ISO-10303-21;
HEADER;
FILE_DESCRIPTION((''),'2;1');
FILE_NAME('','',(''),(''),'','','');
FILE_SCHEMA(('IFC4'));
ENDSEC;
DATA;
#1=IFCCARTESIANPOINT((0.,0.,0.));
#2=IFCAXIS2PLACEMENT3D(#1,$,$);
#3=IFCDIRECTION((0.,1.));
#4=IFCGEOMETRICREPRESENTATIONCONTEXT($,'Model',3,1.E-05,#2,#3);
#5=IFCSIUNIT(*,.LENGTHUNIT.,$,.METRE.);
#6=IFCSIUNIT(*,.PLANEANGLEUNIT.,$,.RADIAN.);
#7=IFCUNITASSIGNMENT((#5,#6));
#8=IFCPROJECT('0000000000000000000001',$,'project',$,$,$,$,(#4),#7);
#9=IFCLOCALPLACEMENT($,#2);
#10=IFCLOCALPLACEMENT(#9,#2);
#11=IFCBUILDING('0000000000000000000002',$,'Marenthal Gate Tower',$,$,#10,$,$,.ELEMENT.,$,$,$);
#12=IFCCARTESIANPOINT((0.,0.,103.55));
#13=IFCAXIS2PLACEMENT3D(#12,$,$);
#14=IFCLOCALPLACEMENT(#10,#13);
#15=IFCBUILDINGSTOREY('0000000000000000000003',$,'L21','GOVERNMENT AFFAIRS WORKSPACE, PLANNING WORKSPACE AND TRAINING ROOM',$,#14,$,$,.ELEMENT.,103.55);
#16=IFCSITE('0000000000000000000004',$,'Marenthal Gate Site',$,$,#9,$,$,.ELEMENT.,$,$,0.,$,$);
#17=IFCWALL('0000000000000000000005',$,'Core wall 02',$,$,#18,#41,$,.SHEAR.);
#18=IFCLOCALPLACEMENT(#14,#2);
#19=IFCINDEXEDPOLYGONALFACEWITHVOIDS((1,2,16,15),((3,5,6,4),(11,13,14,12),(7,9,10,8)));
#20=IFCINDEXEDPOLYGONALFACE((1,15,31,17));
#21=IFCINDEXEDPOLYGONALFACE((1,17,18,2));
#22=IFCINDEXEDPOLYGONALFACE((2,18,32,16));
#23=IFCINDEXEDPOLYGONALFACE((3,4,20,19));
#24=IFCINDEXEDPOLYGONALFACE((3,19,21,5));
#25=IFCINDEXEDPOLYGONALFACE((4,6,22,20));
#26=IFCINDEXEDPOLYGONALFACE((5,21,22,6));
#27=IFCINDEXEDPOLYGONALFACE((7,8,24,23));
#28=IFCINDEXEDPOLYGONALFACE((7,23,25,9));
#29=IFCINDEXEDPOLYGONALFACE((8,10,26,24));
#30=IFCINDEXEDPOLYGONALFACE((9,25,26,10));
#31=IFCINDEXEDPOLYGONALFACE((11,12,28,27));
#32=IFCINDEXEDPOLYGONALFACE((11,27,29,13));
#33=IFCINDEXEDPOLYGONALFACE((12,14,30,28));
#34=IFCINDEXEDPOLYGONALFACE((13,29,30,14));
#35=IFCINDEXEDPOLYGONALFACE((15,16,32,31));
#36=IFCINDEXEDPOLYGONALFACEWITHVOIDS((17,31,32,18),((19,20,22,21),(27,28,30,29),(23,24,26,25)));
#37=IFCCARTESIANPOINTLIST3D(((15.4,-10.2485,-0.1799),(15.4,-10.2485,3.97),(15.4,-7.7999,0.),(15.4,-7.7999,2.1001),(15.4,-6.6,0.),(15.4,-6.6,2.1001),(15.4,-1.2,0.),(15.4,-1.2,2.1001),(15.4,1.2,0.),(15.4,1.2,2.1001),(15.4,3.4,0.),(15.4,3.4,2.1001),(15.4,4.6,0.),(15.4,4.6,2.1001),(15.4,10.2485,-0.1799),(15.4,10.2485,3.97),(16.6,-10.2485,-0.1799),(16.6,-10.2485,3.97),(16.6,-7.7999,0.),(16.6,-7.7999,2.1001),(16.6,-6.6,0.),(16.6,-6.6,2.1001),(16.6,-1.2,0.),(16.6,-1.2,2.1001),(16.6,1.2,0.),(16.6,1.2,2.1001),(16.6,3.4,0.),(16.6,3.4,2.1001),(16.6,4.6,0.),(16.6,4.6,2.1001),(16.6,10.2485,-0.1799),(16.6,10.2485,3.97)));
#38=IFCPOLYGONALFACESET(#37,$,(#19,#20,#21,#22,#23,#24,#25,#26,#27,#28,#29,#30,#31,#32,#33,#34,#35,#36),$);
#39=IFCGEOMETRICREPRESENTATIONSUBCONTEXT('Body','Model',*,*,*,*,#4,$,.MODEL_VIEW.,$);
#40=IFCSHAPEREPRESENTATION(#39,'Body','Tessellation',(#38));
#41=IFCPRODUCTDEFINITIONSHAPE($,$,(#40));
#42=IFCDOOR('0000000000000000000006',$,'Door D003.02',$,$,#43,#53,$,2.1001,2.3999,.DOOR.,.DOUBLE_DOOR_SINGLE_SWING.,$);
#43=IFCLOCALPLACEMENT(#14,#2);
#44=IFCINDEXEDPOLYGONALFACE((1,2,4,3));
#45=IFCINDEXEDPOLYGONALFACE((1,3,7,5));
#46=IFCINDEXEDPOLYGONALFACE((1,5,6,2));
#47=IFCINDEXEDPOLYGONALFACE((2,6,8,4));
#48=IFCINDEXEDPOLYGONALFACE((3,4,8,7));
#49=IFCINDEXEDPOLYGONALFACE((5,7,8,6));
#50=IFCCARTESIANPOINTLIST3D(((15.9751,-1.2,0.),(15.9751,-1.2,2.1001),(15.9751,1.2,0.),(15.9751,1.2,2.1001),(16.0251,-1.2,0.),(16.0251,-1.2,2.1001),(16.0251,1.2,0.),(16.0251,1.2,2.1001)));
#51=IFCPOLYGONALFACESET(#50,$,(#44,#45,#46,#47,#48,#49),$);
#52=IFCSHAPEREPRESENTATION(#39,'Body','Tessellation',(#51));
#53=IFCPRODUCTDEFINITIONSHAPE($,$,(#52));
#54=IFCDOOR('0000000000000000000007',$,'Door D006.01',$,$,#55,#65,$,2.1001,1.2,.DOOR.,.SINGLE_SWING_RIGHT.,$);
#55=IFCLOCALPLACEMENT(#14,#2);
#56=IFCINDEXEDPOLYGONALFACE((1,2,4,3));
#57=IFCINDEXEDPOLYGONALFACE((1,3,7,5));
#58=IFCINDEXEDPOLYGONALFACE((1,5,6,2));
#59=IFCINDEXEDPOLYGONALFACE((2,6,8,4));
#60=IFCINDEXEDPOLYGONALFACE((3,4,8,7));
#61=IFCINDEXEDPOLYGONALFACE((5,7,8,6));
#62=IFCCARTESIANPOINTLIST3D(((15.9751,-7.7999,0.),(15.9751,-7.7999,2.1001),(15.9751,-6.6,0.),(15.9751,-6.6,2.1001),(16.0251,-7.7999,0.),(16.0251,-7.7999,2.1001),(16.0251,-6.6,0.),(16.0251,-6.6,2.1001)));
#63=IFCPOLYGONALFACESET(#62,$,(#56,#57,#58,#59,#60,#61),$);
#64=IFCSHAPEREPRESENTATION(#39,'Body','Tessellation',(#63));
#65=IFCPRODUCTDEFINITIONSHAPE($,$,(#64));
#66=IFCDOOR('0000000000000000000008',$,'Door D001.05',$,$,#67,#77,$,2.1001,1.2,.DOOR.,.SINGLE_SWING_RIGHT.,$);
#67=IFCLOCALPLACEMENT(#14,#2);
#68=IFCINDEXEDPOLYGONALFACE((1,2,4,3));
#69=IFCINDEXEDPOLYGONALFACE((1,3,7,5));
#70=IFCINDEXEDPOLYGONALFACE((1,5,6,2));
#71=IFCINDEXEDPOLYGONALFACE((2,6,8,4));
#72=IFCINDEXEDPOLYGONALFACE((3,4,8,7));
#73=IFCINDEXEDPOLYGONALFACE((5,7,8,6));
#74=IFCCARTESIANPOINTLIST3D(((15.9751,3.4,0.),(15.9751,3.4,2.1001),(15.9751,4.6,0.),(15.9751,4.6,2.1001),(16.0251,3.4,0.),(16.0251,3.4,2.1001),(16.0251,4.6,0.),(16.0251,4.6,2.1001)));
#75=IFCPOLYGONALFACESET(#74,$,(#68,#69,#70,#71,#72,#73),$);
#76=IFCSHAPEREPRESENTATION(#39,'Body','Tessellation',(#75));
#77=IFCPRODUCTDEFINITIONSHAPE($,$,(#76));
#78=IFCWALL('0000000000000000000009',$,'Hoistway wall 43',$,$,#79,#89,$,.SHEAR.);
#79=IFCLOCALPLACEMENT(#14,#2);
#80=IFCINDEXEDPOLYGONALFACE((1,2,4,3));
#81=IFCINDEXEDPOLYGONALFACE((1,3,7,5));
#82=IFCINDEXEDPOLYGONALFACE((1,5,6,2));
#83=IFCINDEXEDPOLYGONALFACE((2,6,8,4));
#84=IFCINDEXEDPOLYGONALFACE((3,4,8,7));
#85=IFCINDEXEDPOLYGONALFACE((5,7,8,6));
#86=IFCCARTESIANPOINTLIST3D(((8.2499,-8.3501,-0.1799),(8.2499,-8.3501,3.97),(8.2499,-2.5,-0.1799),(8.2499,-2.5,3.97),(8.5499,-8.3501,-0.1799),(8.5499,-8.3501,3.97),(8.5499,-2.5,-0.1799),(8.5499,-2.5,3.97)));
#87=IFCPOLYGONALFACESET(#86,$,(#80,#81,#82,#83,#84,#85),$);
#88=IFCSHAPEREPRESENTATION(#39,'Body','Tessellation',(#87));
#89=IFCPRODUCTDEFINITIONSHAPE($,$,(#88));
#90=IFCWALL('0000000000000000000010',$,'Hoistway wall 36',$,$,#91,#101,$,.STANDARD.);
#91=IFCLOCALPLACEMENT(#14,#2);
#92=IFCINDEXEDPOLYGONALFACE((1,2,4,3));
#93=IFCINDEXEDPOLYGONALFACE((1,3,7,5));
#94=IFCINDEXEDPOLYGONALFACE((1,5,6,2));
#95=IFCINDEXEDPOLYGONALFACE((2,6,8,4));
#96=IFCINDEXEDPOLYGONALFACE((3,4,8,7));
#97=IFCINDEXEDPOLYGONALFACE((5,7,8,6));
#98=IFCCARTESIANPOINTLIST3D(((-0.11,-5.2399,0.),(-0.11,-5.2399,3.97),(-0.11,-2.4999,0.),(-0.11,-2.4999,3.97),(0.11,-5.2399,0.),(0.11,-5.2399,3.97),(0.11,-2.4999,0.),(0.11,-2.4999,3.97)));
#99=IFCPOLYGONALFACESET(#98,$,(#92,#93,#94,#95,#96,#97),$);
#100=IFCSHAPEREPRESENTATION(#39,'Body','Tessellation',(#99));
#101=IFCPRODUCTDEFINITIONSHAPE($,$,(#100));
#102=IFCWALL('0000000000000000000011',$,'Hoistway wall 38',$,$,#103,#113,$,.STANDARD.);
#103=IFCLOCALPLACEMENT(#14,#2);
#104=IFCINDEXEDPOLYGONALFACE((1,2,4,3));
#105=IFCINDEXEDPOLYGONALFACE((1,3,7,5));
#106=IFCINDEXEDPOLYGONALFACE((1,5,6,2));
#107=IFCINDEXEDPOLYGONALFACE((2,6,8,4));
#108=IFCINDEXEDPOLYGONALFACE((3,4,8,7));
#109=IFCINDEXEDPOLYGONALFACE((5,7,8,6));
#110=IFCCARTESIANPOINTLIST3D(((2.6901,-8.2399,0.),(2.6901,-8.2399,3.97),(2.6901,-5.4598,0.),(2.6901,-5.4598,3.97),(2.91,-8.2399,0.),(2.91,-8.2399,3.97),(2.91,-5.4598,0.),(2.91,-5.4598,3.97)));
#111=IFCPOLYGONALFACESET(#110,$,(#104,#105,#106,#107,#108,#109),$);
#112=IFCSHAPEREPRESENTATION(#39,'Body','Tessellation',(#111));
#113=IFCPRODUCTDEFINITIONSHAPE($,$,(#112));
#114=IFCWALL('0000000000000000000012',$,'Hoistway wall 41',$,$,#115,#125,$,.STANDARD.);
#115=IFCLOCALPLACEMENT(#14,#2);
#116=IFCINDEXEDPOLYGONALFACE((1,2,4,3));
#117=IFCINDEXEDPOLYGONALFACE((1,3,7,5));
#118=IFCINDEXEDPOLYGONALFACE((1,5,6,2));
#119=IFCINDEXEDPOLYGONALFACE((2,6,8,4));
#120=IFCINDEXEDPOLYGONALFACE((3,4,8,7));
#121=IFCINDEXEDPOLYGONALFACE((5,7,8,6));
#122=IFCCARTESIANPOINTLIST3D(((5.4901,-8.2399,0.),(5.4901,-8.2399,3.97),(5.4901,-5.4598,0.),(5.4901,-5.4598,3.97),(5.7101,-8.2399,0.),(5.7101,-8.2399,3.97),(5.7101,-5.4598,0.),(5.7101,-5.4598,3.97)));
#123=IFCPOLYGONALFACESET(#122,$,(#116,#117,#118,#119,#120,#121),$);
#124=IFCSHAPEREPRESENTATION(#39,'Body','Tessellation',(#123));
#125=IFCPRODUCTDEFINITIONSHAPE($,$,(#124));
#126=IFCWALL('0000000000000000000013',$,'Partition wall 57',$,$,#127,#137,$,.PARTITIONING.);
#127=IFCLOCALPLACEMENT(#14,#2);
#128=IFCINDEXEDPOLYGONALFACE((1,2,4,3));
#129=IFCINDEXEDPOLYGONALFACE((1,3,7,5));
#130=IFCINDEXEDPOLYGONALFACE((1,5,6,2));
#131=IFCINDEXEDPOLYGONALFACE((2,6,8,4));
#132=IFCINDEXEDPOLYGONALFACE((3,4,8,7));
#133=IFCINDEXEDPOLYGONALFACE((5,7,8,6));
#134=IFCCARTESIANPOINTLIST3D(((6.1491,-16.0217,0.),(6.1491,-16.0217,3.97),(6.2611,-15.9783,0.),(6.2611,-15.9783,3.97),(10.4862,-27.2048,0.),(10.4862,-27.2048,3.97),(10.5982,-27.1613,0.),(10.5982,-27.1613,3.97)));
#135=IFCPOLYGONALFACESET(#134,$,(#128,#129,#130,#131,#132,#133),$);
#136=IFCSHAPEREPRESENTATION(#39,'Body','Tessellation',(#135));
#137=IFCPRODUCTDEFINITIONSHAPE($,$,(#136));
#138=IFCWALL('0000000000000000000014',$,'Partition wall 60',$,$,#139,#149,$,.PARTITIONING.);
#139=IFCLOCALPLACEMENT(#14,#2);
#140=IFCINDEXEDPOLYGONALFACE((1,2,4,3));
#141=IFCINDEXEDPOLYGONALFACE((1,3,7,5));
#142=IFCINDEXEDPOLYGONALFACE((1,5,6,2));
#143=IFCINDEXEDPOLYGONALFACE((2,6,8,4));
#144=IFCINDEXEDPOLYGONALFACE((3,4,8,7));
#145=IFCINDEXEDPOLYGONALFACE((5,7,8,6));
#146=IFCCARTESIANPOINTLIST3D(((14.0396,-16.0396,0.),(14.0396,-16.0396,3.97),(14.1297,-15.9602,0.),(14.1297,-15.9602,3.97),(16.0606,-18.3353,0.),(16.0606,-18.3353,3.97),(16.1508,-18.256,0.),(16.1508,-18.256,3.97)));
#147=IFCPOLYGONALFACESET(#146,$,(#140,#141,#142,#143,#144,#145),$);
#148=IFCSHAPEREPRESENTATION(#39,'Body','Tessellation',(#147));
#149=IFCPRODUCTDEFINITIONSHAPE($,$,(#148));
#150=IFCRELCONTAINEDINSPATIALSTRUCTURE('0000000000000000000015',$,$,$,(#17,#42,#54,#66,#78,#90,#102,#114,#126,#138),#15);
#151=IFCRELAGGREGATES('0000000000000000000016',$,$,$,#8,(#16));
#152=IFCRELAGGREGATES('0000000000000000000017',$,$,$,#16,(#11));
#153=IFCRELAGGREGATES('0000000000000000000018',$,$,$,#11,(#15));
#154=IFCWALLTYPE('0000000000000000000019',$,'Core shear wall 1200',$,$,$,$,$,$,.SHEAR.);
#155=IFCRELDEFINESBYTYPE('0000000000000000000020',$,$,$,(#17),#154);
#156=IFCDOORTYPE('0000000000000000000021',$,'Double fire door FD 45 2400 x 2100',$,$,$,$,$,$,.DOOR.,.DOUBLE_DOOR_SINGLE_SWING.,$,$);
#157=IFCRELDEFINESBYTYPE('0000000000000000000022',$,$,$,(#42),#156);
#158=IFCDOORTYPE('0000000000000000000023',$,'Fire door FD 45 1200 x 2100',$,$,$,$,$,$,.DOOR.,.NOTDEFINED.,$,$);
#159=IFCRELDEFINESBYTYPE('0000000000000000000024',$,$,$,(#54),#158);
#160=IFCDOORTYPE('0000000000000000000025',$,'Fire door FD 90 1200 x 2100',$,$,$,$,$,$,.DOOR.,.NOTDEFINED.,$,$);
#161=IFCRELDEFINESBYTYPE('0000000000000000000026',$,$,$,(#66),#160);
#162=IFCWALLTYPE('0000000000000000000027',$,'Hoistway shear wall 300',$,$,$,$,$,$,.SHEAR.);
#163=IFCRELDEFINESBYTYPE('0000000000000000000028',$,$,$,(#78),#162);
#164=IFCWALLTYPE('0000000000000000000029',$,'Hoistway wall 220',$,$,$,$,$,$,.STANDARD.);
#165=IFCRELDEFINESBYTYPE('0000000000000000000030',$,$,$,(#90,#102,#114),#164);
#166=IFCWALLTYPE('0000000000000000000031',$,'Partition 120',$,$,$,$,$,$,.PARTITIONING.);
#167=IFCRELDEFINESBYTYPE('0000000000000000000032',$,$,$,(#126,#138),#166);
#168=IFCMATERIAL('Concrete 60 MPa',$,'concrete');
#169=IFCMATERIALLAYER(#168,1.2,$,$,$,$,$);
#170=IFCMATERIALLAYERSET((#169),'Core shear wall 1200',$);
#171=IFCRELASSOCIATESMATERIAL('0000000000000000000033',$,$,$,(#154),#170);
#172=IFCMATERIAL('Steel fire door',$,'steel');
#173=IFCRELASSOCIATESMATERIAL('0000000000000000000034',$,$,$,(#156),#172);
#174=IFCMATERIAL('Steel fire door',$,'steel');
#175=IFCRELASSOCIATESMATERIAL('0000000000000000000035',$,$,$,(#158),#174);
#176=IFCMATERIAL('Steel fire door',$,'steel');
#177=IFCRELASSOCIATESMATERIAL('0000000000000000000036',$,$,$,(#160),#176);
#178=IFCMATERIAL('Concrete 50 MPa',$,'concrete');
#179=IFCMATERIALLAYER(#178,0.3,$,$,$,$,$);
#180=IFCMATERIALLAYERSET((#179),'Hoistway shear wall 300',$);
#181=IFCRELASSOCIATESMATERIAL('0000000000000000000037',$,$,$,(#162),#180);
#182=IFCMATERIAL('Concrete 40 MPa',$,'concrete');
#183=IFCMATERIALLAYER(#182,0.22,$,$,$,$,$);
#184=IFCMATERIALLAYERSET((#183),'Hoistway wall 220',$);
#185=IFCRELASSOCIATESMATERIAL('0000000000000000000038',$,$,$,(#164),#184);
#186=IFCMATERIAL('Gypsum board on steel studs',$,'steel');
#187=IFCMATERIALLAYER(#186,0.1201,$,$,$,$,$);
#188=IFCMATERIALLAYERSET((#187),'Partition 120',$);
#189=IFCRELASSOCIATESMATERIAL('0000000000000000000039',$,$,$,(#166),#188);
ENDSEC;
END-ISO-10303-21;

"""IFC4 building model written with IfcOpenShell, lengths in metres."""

from ifc_helpers import new_model, si_unit, direction, frame, frame_2d, origin, place, context, subcontext, project, spatial, rectangle, extrude, material, layer, layer_set, type_object, element, fill, save


model = new_model("IFC4")

# Units and contexts
model_context = context("Model", 3, precision=1e-05, world=origin(), true_north=direction((0.0, 1.0)))
body_context = subcontext(model_context, "Body", "Model", "MODEL_VIEW")
ifc_project = project(units=[si_unit("LENGTHUNIT", "METRE"), si_unit("PLANEANGLEUNIT", "RADIAN")], contexts=[model_context])

# Site, building, storey
site_placement = place(None, origin())
site = spatial("IfcSite", under=ifc_project, at=site_placement, Name="Marenthal Gate Site", CompositionType="ELEMENT", RefElevation=0.0)
building_placement = place(site_placement, origin())
building = spatial("IfcBuilding", under=site, at=building_placement, Name="Marenthal Gate Tower", CompositionType="ELEMENT")
storey_placement = place(building_placement, frame((0.0, 0.0, 103.55)))
storey = spatial("IfcBuildingStorey", under=building, at=storey_placement, Name="L21", Description="GOVERNMENT AFFAIRS WORKSPACE, PLANNING WORKSPACE AND TRAINING ROOM", CompositionType="ELEMENT", Elevation=103.55)

# Shared definitions
ifc_material_1 = material(Name="Concrete 60 MPa", Category="concrete")
ifc_layer_1 = layer(ifc_material_1, 1.2)
ifc_layer_set_1 = layer_set([ifc_layer_1], Name="Core shear wall 1200")
wall_type_1 = type_object("IfcWallType", Name="Core shear wall 1200", PredefinedType="SHEAR", material=ifc_layer_set_1)

# Wall, openings, doors
wall_1_placement = place(storey_placement, frame((16.0, -10.2485, -0.1799), z_axis=(0.0, 0.0, 1.0), x_axis=(0.0, 1.0, 0.0)))
wall_1 = element("IfcWall", 1, at=wall_1_placement, inside=storey, type_object=wall_type_1, Name="Core wall 02", PredefinedType="SHEAR", context=body_context, shape_type="SweptSolid", body=[
    extrude(rectangle(XDim=20.4971, YDim=1.2, at=frame_2d((10.2485, 0.0))), origin(), (0.0, 0.0, 1.0), 4.1499),
])
opening_1_placement = place(wall_1_placement, frame((9.0486, 0.0, 0.1799)))
opening_1 = element("IfcOpeningElement", 2, at=opening_1_placement, cuts=wall_1, PredefinedType="OPENING", context=body_context, shape_type="SweptSolid", body=[
    extrude(rectangle(XDim=2.3999, YDim=2.1001, at=frame_2d((1.2, 1.05))), frame((0.0, 0.6099, 0.0), z_axis=(0.0, -1.0, 0.0), x_axis=(1.0, 0.0, 0.0)), (0.0, 0.0, 1.0), 1.22),
])
opening_2_placement = place(wall_1_placement, frame((13.6484, 0.0, 0.1799)))
opening_2 = element("IfcOpeningElement", 3, at=opening_2_placement, cuts=wall_1, PredefinedType="OPENING", context=body_context, shape_type="SweptSolid", body=[
    extrude(rectangle(XDim=1.2, YDim=2.1001, at=frame_2d((0.6001, 1.05))), frame((0.0, 0.6099, 0.0), z_axis=(0.0, -1.0, 0.0), x_axis=(1.0, 0.0, 0.0)), (0.0, 0.0, 1.0), 1.22),
])
opening_3_placement = place(wall_1_placement, frame((2.4485, 0.0, 0.1799)))
opening_3 = element("IfcOpeningElement", 4, at=opening_3_placement, cuts=wall_1, PredefinedType="OPENING", context=body_context, shape_type="SweptSolid", body=[
    extrude(rectangle(XDim=1.2, YDim=2.1001, at=frame_2d((0.6001, 1.05))), frame((0.0, 0.6099, 0.0), z_axis=(0.0, -1.0, 0.0), x_axis=(1.0, 0.0, 0.0)), (0.0, 0.0, 1.0), 1.22),
])
ifc_material_2 = material(Name="Steel fire door", Category="steel")
door_type_1 = type_object("IfcDoorType", Name="Double fire door FD 45 2400 x 2100", OperationType="DOUBLE_DOOR_SINGLE_SWING", PredefinedType="DOOR", material=ifc_material_2)
door_1_placement = place(opening_1_placement, origin())
door_1 = element("IfcDoor", 5, at=door_1_placement, inside=storey, type_object=door_type_1, Name="Door D003.02", OperationType="DOUBLE_DOOR_SINGLE_SWING", OverallHeight=2.1001, OverallWidth=2.3999, PredefinedType="DOOR", context=body_context, shape_type="SweptSolid", body=[
    extrude(rectangle(XDim=2.3999, YDim=2.1001, at=frame_2d((1.2, 1.05))), frame((0.0, 0.0249, 0.0), z_axis=(0.0, -1.0, 0.0), x_axis=(1.0, 0.0, 0.0)), (0.0, 0.0, 1.0), 0.05),
])
fill(opening_1, door_1)
ifc_material_3 = material(Name="Steel fire door", Category="steel")
door_type_2 = type_object("IfcDoorType", Name="Fire door FD 45 1200 x 2100", OperationType="NOTDEFINED", PredefinedType="DOOR", material=ifc_material_3)
door_2_placement = place(opening_3_placement, origin())
door_2 = element("IfcDoor", 6, at=door_2_placement, inside=storey, type_object=door_type_2, Name="Door D006.01", OperationType="SINGLE_SWING_RIGHT", OverallHeight=2.1001, OverallWidth=1.2, PredefinedType="DOOR", context=body_context, shape_type="SweptSolid", body=[
    extrude(rectangle(XDim=1.2, YDim=2.1001, at=frame_2d((0.6001, 1.05))), frame((0.0, 0.0249, 0.0), z_axis=(0.0, -1.0, 0.0), x_axis=(1.0, 0.0, 0.0)), (0.0, 0.0, 1.0), 0.05),
])
fill(opening_3, door_2)
ifc_material_4 = material(Name="Steel fire door", Category="steel")
door_type_3 = type_object("IfcDoorType", Name="Fire door FD 90 1200 x 2100", OperationType="NOTDEFINED", PredefinedType="DOOR", material=ifc_material_4)
door_3_placement = place(opening_2_placement, origin())
door_3 = element("IfcDoor", 7, at=door_3_placement, inside=storey, type_object=door_type_3, Name="Door D001.05", OperationType="SINGLE_SWING_RIGHT", OverallHeight=2.1001, OverallWidth=1.2, PredefinedType="DOOR", context=body_context, shape_type="SweptSolid", body=[
    extrude(rectangle(XDim=1.2, YDim=2.1001, at=frame_2d((0.6001, 1.05))), frame((0.0, 0.0249, 0.0), z_axis=(0.0, -1.0, 0.0), x_axis=(1.0, 0.0, 0.0)), (0.0, 0.0, 1.0), 0.05),
])
fill(opening_2, door_3)

# Walls
ifc_material_5 = material(Name="Concrete 50 MPa", Category="concrete")
ifc_layer_2 = layer(ifc_material_5, 0.3)
ifc_layer_set_2 = layer_set([ifc_layer_2], Name="Hoistway shear wall 300")
wall_type_2 = type_object("IfcWallType", Name="Hoistway shear wall 300", PredefinedType="SHEAR", material=ifc_layer_set_2)
wall_2_placement = place(storey_placement, frame((8.3999, -8.3501, -0.1799), z_axis=(0.0, 0.0, 1.0), x_axis=(0.0, 1.0, 0.0)))
element("IfcWall", 8, at=wall_2_placement, inside=storey, type_object=wall_type_2, Name="Hoistway wall 43", PredefinedType="SHEAR", context=body_context, shape_type="SweptSolid", body=[
    extrude(rectangle(XDim=5.8501, YDim=0.3, at=frame_2d((2.925, 0.0))), origin(), (0.0, 0.0, 1.0), 4.1499),
])
ifc_material_6 = material(Name="Concrete 40 MPa", Category="concrete")
ifc_layer_3 = layer(ifc_material_6, 0.22)
ifc_layer_set_3 = layer_set([ifc_layer_3], Name="Hoistway wall 220")
wall_type_3 = type_object("IfcWallType", Name="Hoistway wall 220", PredefinedType="STANDARD", material=ifc_layer_set_3)
wall_3_placement = place(storey_placement, frame((0.0, -5.24, 0.0), z_axis=(0.0, 0.0, 1.0), x_axis=(0.0, 1.0, 0.0)))
element("IfcWall", 9, at=wall_3_placement, inside=storey, type_object=wall_type_3, Name="Hoistway wall 36", PredefinedType="STANDARD", context=body_context, shape_type="SweptSolid", body=[
    extrude(rectangle(XDim=2.74, YDim=0.22, at=frame_2d((1.3701, 0.0))), origin(), (0.0, 0.0, 1.0), 3.97),
])
for number, where, z_axis, x_axis, name in (
    (10, (2.8, -8.24, 0.0), (0.0, 0.0, 1.0), (0.0, 1.0, 0.0), "Hoistway wall 38"),
    (11, (5.6001, -8.24, 0.0), (0.0, 0.0, 1.0), (0.0, 1.0, 0.0), "Hoistway wall 41"),
):
    element("IfcWall", number, at=place(storey_placement, frame(where, z_axis=z_axis, x_axis=x_axis)), inside=storey, type_object=wall_type_3, Name=name, PredefinedType="STANDARD", context=body_context, shape_type="SweptSolid", body=[
        extrude(rectangle(XDim=2.78, YDim=0.22, at=frame_2d((1.3901, 0.0))), origin(), (0.0, 0.0, 1.0), 3.97),
    ])
ifc_material_7 = material(Name="Gypsum board on steel studs", Category="steel")
ifc_layer_4 = layer(ifc_material_7, 0.1201)
ifc_layer_set_4 = layer_set([ifc_layer_4], Name="Partition 120")
wall_type_4 = type_object("IfcWallType", Name="Partition 120", PredefinedType="PARTITIONING", material=ifc_layer_set_4)
wall_4_placement = place(storey_placement, frame((6.2051, -16.0, 0.0), z_axis=(0.0, 0.0, 1.0), x_axis=(0.36159, -0.932337, 0.0)))
element("IfcWall", 12, at=wall_4_placement, inside=storey, type_object=wall_type_4, Name="Partition wall 57", PredefinedType="PARTITIONING", context=body_context, shape_type="SweptSolid", body=[
    extrude(rectangle(XDim=11.9946, YDim=0.1201, at=frame_2d((5.9973, 0.0))), origin(), (0.0, 0.0, 1.0), 3.97),
])
wall_5_placement = place(storey_placement, frame((16.1057, -18.2957, 0.0), z_axis=(0.0, 0.0, 1.0), x_axis=(-0.660779, 0.75058, 0.0)))
element("IfcWall", 13, at=wall_5_placement, inside=storey, type_object=wall_type_4, Name="Partition wall 60", PredefinedType="PARTITIONING", context=body_context, shape_type="SweptSolid", body=[
    extrude(rectangle(XDim=3.0586, YDim=0.1201, at=frame_2d((1.5293, 0.0))), origin(), (0.0, 0.0, 1.0), 3.97),
])

save(model, "model.ifc")
